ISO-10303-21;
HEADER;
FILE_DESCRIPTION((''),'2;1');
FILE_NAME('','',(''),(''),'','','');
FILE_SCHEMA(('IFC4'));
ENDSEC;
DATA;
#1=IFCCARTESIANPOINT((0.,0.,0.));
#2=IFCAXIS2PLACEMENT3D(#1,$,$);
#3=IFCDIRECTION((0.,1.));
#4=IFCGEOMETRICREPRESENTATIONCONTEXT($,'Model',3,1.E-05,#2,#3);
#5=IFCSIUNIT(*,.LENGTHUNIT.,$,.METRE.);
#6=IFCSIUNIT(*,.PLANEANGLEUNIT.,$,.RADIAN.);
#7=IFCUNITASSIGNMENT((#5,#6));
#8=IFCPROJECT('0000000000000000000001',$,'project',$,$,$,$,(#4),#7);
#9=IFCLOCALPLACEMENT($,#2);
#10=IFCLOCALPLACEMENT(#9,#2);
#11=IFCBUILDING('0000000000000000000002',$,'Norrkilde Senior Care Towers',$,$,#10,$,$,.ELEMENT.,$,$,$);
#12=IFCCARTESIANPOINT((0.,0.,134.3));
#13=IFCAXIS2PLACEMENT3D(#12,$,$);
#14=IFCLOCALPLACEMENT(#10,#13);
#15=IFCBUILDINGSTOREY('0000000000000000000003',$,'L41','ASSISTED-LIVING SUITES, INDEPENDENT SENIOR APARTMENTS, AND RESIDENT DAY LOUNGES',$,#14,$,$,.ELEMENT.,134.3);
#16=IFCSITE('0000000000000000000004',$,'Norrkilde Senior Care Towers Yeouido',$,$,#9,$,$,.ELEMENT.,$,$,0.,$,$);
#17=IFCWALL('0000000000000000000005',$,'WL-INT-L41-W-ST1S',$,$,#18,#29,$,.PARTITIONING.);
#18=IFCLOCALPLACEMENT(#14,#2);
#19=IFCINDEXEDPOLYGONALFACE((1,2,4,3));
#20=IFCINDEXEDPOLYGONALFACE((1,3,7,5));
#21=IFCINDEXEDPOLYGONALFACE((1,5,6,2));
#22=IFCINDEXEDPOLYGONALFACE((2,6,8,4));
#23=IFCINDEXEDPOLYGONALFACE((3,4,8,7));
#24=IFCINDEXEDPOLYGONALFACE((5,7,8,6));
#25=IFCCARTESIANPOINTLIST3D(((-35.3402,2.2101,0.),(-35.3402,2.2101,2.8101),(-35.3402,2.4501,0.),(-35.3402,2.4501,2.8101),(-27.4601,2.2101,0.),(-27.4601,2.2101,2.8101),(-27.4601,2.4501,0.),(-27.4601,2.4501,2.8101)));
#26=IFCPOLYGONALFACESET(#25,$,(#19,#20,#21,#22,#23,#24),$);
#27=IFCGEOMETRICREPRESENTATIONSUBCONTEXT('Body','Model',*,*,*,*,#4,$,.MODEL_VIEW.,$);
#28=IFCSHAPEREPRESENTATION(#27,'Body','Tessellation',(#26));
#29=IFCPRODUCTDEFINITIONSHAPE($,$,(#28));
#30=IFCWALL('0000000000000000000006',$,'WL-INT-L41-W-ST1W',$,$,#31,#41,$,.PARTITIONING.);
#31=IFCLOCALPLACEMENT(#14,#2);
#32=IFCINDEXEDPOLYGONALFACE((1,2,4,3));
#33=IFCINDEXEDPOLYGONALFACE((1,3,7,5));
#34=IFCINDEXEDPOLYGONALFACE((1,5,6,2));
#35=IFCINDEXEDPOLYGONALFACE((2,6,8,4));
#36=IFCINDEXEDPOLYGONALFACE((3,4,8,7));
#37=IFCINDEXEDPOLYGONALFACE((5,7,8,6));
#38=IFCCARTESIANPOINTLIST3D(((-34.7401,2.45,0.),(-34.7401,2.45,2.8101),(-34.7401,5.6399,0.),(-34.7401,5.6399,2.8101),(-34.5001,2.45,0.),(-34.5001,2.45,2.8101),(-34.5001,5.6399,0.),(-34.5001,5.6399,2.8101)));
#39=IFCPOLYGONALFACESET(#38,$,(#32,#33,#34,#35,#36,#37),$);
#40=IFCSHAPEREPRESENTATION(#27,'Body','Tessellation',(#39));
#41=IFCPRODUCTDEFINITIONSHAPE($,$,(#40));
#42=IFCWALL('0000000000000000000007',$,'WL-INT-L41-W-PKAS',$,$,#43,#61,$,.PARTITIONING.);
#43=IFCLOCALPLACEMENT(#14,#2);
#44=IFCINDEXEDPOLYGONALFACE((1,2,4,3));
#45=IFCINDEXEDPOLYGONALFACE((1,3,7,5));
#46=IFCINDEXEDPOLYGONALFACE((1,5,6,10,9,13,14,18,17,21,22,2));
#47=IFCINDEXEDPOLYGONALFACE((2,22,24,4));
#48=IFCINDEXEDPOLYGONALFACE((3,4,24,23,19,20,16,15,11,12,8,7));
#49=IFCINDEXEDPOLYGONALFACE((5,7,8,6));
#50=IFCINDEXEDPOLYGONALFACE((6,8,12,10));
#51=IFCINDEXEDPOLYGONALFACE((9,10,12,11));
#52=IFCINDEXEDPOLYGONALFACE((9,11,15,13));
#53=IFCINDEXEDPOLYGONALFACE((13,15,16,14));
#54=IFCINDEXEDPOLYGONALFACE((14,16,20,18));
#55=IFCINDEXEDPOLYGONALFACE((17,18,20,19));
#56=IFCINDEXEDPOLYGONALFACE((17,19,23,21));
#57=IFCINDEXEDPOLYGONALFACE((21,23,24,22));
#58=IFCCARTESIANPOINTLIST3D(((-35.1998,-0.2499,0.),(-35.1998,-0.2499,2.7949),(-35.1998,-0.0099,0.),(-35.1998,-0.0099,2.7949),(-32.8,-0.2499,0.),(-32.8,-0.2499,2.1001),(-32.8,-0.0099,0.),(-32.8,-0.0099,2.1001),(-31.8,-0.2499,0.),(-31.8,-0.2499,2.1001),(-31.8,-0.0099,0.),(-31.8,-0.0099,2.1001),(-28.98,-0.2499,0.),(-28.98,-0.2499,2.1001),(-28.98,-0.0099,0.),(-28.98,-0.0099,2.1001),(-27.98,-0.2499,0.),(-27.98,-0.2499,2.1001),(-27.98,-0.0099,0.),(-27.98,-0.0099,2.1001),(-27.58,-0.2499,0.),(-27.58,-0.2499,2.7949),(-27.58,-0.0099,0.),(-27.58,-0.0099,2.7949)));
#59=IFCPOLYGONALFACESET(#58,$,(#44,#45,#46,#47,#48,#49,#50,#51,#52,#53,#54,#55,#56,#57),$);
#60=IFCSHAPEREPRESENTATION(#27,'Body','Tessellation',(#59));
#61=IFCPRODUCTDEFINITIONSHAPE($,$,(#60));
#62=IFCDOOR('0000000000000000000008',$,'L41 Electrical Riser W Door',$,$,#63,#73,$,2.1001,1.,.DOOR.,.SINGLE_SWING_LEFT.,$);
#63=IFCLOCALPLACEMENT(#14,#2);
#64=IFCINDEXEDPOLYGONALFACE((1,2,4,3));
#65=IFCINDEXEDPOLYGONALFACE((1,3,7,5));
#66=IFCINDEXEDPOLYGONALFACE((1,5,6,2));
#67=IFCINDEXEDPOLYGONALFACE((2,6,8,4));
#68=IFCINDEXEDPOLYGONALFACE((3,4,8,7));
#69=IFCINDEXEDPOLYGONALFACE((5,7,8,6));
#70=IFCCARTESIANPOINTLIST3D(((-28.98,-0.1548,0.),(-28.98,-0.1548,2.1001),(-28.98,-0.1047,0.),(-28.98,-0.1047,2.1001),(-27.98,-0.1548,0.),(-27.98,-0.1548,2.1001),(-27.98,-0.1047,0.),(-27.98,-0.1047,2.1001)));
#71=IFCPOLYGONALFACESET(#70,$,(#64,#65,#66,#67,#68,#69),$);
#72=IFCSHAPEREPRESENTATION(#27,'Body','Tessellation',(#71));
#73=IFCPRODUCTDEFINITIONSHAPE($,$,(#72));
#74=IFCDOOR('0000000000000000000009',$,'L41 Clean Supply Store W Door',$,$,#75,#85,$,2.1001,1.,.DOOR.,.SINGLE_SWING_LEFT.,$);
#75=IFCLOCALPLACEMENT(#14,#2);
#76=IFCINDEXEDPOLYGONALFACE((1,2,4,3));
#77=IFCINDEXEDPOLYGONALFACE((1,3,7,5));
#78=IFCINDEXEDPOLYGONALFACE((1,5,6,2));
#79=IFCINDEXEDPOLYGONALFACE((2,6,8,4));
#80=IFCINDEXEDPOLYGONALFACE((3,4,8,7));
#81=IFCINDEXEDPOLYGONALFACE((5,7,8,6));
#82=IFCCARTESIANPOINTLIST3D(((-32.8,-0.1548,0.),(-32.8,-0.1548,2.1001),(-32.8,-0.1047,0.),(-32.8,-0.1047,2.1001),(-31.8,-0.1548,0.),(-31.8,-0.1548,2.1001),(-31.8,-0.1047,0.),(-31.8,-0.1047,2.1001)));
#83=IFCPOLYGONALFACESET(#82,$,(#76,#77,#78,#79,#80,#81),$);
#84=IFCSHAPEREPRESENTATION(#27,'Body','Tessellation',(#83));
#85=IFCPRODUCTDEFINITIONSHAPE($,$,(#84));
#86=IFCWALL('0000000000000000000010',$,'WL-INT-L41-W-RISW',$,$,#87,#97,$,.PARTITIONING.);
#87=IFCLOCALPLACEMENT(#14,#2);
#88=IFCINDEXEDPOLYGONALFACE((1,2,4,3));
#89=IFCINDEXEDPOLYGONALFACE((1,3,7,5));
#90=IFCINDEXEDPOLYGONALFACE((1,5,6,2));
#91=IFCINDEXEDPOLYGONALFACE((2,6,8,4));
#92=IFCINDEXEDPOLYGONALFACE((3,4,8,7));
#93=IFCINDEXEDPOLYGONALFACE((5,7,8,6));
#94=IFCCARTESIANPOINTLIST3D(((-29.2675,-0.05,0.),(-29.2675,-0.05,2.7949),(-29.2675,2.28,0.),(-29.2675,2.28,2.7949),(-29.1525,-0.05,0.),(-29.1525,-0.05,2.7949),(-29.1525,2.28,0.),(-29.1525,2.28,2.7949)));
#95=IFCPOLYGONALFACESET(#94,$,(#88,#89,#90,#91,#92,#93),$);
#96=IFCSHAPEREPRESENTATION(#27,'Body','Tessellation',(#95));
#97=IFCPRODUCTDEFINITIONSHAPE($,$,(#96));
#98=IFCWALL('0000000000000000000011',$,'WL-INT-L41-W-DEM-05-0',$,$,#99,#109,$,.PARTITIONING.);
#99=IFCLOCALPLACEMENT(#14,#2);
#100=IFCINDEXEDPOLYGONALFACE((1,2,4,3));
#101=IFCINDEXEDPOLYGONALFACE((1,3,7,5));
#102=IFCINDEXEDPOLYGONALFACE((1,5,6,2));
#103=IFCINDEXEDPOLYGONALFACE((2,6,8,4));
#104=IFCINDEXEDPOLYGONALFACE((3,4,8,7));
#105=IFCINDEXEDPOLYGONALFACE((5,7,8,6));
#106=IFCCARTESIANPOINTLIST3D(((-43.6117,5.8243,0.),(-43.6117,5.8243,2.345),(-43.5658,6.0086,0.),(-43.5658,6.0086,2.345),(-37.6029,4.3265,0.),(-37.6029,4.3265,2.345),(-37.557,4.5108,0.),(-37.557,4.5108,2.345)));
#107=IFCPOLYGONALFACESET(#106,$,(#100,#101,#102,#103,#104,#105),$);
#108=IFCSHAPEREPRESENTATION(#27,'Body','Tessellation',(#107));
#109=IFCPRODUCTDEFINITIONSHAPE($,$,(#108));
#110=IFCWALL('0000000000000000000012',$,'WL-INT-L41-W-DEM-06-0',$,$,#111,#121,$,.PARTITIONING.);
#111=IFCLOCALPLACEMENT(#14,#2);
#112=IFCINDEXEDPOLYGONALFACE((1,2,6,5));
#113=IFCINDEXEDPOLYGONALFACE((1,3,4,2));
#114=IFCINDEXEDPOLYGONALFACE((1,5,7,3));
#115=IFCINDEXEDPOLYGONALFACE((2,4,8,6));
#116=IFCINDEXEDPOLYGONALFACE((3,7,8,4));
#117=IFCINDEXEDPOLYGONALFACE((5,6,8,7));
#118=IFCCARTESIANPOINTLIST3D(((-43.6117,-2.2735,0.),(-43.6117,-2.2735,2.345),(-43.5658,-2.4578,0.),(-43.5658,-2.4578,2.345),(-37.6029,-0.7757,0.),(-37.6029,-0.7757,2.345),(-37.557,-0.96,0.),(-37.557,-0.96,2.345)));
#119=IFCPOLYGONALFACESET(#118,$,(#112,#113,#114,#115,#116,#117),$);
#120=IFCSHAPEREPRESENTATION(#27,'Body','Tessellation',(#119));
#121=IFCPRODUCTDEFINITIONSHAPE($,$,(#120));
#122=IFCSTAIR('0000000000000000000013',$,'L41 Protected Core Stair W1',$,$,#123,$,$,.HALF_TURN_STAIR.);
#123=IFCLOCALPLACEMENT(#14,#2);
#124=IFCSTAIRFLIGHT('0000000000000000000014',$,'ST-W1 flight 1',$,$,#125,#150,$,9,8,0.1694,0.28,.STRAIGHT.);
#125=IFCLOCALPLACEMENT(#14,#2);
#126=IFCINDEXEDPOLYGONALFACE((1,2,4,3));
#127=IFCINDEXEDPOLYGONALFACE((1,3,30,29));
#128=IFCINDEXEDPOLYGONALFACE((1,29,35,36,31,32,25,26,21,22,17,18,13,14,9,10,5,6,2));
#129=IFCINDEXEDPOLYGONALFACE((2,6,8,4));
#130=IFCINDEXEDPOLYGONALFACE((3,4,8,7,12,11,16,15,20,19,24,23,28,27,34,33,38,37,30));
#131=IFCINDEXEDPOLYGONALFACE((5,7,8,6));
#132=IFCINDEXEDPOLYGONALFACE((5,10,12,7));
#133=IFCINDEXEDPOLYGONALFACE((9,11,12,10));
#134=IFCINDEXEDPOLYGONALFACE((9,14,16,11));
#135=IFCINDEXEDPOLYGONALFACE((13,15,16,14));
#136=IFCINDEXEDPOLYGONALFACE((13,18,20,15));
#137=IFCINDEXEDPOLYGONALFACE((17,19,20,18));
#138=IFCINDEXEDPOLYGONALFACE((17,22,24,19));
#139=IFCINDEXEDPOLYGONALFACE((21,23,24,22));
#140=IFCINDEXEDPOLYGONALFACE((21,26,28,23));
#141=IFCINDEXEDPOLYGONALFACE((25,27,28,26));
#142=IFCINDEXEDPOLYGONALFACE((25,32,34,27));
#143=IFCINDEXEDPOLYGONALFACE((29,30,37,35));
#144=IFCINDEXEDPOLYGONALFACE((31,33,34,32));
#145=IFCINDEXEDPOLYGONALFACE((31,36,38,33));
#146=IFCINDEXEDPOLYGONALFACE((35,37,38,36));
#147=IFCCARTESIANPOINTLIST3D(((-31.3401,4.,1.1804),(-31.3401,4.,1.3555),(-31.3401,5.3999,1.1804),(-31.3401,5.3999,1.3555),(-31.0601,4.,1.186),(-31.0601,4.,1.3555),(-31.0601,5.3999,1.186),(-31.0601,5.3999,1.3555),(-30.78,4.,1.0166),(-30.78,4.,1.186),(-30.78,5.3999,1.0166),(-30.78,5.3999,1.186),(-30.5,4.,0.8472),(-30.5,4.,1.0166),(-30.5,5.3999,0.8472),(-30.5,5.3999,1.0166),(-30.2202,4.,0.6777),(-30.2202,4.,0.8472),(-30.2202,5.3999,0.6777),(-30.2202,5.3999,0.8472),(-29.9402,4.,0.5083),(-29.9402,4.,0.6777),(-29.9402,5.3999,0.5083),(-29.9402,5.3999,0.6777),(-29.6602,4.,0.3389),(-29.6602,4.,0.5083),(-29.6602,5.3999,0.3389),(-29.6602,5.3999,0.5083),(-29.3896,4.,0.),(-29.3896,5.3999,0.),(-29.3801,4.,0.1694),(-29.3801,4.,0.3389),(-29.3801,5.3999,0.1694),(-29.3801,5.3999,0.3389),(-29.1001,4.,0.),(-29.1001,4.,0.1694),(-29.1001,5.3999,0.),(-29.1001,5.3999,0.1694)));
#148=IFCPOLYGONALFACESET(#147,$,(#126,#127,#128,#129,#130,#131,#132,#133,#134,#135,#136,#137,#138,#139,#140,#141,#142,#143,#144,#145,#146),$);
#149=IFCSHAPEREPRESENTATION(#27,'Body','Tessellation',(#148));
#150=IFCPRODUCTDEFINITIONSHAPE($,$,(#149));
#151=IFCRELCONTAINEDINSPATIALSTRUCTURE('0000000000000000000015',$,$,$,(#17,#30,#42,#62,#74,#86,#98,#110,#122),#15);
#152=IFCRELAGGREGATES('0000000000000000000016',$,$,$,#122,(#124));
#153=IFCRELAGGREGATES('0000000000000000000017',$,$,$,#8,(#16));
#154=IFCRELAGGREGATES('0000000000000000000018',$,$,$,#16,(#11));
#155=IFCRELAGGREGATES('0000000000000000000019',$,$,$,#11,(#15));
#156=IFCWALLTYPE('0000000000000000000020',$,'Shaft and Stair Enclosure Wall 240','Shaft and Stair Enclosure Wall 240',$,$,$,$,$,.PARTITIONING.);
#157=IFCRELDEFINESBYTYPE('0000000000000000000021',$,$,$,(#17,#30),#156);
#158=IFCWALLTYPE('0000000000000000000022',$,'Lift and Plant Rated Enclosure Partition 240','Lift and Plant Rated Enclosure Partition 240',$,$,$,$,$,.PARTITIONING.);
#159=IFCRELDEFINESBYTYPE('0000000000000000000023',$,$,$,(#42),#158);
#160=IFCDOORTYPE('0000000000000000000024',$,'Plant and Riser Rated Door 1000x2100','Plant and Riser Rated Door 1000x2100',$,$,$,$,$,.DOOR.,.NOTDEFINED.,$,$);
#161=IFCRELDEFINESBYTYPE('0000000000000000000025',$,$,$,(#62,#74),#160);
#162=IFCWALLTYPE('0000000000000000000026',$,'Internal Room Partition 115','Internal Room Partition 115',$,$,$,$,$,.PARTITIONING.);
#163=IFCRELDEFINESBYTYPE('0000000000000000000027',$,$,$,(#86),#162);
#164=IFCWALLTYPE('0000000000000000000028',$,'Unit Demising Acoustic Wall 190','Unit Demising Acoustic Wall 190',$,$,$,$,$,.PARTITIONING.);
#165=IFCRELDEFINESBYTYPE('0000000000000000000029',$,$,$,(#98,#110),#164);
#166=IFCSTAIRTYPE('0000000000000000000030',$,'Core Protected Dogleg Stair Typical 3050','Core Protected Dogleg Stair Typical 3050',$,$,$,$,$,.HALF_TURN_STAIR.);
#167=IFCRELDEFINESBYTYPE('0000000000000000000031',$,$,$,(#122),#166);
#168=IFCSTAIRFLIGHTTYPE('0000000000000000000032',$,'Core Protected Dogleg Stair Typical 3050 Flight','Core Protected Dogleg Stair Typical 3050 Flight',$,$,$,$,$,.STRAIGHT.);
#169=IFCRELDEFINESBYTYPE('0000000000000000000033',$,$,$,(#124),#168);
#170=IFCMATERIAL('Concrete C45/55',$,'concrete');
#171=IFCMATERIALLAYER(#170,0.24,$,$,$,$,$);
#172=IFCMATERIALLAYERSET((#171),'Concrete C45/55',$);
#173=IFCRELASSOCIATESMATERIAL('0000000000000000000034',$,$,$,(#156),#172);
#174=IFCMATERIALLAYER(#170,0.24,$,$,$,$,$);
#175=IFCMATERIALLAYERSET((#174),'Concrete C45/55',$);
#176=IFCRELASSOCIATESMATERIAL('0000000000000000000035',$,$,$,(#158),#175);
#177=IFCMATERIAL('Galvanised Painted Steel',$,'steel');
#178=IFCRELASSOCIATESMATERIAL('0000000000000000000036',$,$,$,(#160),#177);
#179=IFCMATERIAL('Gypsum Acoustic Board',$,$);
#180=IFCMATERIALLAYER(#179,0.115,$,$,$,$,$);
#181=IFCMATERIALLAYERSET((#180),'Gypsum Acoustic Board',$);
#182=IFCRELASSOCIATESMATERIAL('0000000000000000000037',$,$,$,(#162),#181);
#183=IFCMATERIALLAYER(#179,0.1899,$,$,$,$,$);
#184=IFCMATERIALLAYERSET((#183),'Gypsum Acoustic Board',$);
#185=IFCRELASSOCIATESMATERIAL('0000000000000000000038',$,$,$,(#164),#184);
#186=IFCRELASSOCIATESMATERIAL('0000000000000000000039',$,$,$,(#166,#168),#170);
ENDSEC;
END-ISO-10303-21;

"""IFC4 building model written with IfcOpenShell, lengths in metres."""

from ifc_helpers import new_model, si_unit, direction, frame, frame_2d, origin, place, context, subcontext, project, spatial, polyline, rectangle, outline, extrude, source, transform, mapped, material, layer, layer_set, type_object, type_shapes, element, fill, aggregate, save


model = new_model("IFC4")

# Units and contexts
model_context = context("Model", 3, precision=1e-05, world=origin(), true_north=direction((0.0, 1.0)))
body_context = subcontext(model_context, "Body", "Model", "MODEL_VIEW")
ifc_project = project(units=[si_unit("LENGTHUNIT", "METRE"), si_unit("PLANEANGLEUNIT", "RADIAN")], contexts=[model_context])

# Site, building, storey
site_placement = place(None, origin())
site = spatial("IfcSite", under=ifc_project, at=site_placement, Name="Norrkilde Senior Care Towers Yeouido", CompositionType="ELEMENT", RefElevation=0.0)
building_placement = place(site_placement, origin())
building = spatial("IfcBuilding", under=site, at=building_placement, Name="Norrkilde Senior Care Towers", CompositionType="ELEMENT")
storey_placement = place(building_placement, frame((0.0, 0.0, 134.3)))
storey = spatial("IfcBuildingStorey", under=building, at=storey_placement, Name="L41", Description="ASSISTED-LIVING SUITES, INDEPENDENT SENIOR APARTMENTS, AND RESIDENT DAY LOUNGES", CompositionType="ELEMENT", Elevation=134.3)

# Walls
ifc_material_1 = material(Name="Concrete C45/55", Category="concrete")
ifc_layer_1 = layer(ifc_material_1, 0.24)
ifc_layer_set_1 = layer_set([ifc_layer_1], Name="Concrete C45/55")
wall_type_1 = type_object("IfcWallType", Name="Shaft and Stair Enclosure Wall 240", Description="Shaft and Stair Enclosure Wall 240", PredefinedType="PARTITIONING", material=ifc_layer_set_1)
shared_shape_1 = source(origin(), body_context, "Body", "SweptSolid", [
    extrude(rectangle(XDim=7.8801, YDim=0.24, at=frame_2d((3.9399, 0.0))), origin(), (0.0, 0.0, 1.0), 2.8101),
])
wall_1_placement = place(storey_placement, frame((-35.3401, 2.3301, 0.0), z_axis=(0.0, 0.0, 1.0), x_axis=(1.0, 0.0, 0.0)))
element("IfcWall", 1, at=wall_1_placement, inside=storey, type_object=wall_type_1, Name="WL-INT-L41-W-ST1S", PredefinedType="PARTITIONING", context=body_context, shape_type="MappedRepresentation", body=[
    mapped(shared_shape_1, transform((0.0, 0.0, 0.0), x_axis=(1.0, 0.0, 0.0), y_axis=(0.0, 1.0, 0.0), z_axis=(0.0, 0.0, 1.0), scale=1.0)),
])
shared_shape_2 = source(origin(), body_context, "Body", "SweptSolid", [
    extrude(rectangle(XDim=3.1899, YDim=0.24, at=frame_2d((1.595, 0.0))), origin(), (0.0, 0.0, 1.0), 2.8101),
])
type_shapes(wall_type_1, [shared_shape_1, shared_shape_2])
wall_2_placement = place(storey_placement, frame((-34.6201, 2.45, 0.0), z_axis=(0.0, 0.0, 1.0), x_axis=(0.0, 1.0, 0.0)))
element("IfcWall", 2, at=wall_2_placement, inside=storey, type_object=wall_type_1, Name="WL-INT-L41-W-ST1W", PredefinedType="PARTITIONING", context=body_context, shape_type="MappedRepresentation", body=[
    mapped(shared_shape_2, transform((0.0, 0.0, 0.0), x_axis=(1.0, 0.0, 0.0), y_axis=(0.0, 1.0, 0.0), z_axis=(0.0, 0.0, 1.0), scale=1.0)),
])

# Shared definitions
ifc_material_2 = material(Name="Galvanised Painted Steel", Category="steel")

# Wall, openings, doors
ifc_layer_2 = layer(ifc_material_1, 0.24)
ifc_layer_set_2 = layer_set([ifc_layer_2], Name="Concrete C45/55")
wall_type_2 = type_object("IfcWallType", Name="Lift and Plant Rated Enclosure Partition 240", Description="Lift and Plant Rated Enclosure Partition 240", PredefinedType="PARTITIONING", material=ifc_layer_set_2)
shared_shape_3 = source(origin(), body_context, "Body", "SweptSolid", [
    extrude(rectangle(XDim=7.6199, YDim=0.24, at=frame_2d((3.8101, 0.0))), origin(), (0.0, 0.0, 1.0), 2.7949),
])
type_shapes(wall_type_2, [shared_shape_3])
wall_3_placement = place(storey_placement, frame((-35.2, -0.1299, 0.0), z_axis=(0.0, 0.0, 1.0), x_axis=(1.0, 0.0, 0.0)))
wall_3 = element("IfcWall", 3, at=wall_3_placement, inside=storey, type_object=wall_type_2, Name="WL-INT-L41-W-PKAS", PredefinedType="PARTITIONING", context=body_context, shape_type="MappedRepresentation", body=[
    mapped(shared_shape_3, transform((0.0, 0.0, 0.0), x_axis=(1.0, 0.0, 0.0), y_axis=(0.0, 1.0, 0.0), z_axis=(0.0, 0.0, 1.0), scale=1.0)),
])
opening_1_placement = place(wall_3_placement, frame((6.22, 0.0, 0.0)))
opening_1 = element("IfcOpeningElement", 4, at=opening_1_placement, cuts=wall_3, PredefinedType="OPENING", context=body_context, shape_type="SweptSolid", body=[
    extrude(rectangle(XDim=1.0, YDim=2.1001, at=frame_2d((0.5, 1.05))), frame((0.0, 0.1299, 0.0), z_axis=(0.0, -1.0, 0.0), x_axis=(1.0, 0.0, 0.0)), (0.0, 0.0, 1.0), 0.26),
])
opening_2_placement = place(wall_3_placement, frame((2.3999, 0.0, 0.0)))
opening_2 = element("IfcOpeningElement", 5, at=opening_2_placement, cuts=wall_3, PredefinedType="OPENING", context=body_context, shape_type="SweptSolid", body=[
    extrude(rectangle(XDim=1.0, YDim=2.1001, at=frame_2d((0.5, 1.05))), frame((0.0, 0.1299, 0.0), z_axis=(0.0, -1.0, 0.0), x_axis=(1.0, 0.0, 0.0)), (0.0, 0.0, 1.0), 0.26),
])
door_type_1 = type_object("IfcDoorType", Name="Plant and Riser Rated Door 1000x2100", Description="Plant and Riser Rated Door 1000x2100", OperationType="NOTDEFINED", PredefinedType="DOOR", material=ifc_material_2)
shared_shape_4 = source(origin(), body_context, "Body", "SweptSolid", [
    extrude(rectangle(XDim=1.0, YDim=2.1001, at=frame_2d((0.5, 1.05))), frame((0.0, 0.0249, 0.0), z_axis=(0.0, -1.0, 0.0), x_axis=(1.0, 0.0, 0.0)), (0.0, 0.0, 1.0), 0.05),
])
type_shapes(door_type_1, [shared_shape_4])
door_1_placement = place(opening_1_placement, frame((1.0, 0.0, 0.0), z_axis=(0.0, 0.0, 1.0), x_axis=(-1.0, 0.0, 0.0)))
door_1 = element("IfcDoor", 6, at=door_1_placement, inside=storey, type_object=door_type_1, Name="L41 Electrical Riser W Door", OperationType="SINGLE_SWING_LEFT", OverallHeight=2.1001, OverallWidth=1.0, PredefinedType="DOOR", context=body_context, shape_type="MappedRepresentation", body=[
    mapped(shared_shape_4, transform((0.0, 0.0, 0.0), x_axis=(1.0, 0.0, 0.0), y_axis=(0.0, 1.0, 0.0), z_axis=(0.0, 0.0, 1.0), scale=1.0)),
])
fill(opening_1, door_1)
door_2_placement = place(opening_2_placement, frame((1.0, 0.0, 0.0), z_axis=(0.0, 0.0, 1.0), x_axis=(-1.0, 0.0, 0.0)))
door_2 = element("IfcDoor", 7, at=door_2_placement, inside=storey, type_object=door_type_1, Name="L41 Clean Supply Store W Door", OperationType="SINGLE_SWING_LEFT", OverallHeight=2.1001, OverallWidth=1.0, PredefinedType="DOOR", context=body_context, shape_type="MappedRepresentation", body=[
    mapped(shared_shape_4, transform((0.0, 0.0, 0.0), x_axis=(1.0, 0.0, 0.0), y_axis=(0.0, 1.0, 0.0), z_axis=(0.0, 0.0, 1.0), scale=1.0)),
])
fill(opening_2, door_2)

# Walls
ifc_material_3 = material(Name="Gypsum Acoustic Board")
ifc_layer_3 = layer(ifc_material_3, 0.115)
ifc_layer_set_3 = layer_set([ifc_layer_3], Name="Gypsum Acoustic Board")
wall_type_3 = type_object("IfcWallType", Name="Internal Room Partition 115", Description="Internal Room Partition 115", PredefinedType="PARTITIONING", material=ifc_layer_set_3)
shared_shape_5 = source(origin(), body_context, "Body", "SweptSolid", [
    extrude(rectangle(XDim=2.3301, YDim=0.115, at=frame_2d((1.165, 0.0))), origin(), (0.0, 0.0, 1.0), 2.7949),
])
type_shapes(wall_type_3, [shared_shape_5])
wall_4_placement = place(storey_placement, frame((-29.21, -0.05, 0.0), z_axis=(0.0, 0.0, 1.0), x_axis=(0.0, 1.0, 0.0)))
element("IfcWall", 8, at=wall_4_placement, inside=storey, type_object=wall_type_3, Name="WL-INT-L41-W-RISW", PredefinedType="PARTITIONING", context=body_context, shape_type="MappedRepresentation", body=[
    mapped(shared_shape_5, transform((0.0, 0.0, 0.0), x_axis=(1.0, 0.0, 0.0), y_axis=(0.0, 1.0, 0.0), z_axis=(0.0, 0.0, 1.0), scale=1.0)),
])
ifc_layer_4 = layer(ifc_material_3, 0.1899)
ifc_layer_set_4 = layer_set([ifc_layer_4], Name="Gypsum Acoustic Board")
wall_type_4 = type_object("IfcWallType", Name="Unit Demising Acoustic Wall 190", Description="Unit Demising Acoustic Wall 190", PredefinedType="PARTITIONING", material=ifc_layer_set_4)
shared_shape_6 = source(origin(), body_context, "Body", "SweptSolid", [
    extrude(rectangle(XDim=6.1926, YDim=0.1899, at=frame_2d((3.0962, 0.0))), origin(), (0.0, 0.0, 1.0), 2.345),
])
type_shapes(wall_type_4, [shared_shape_6])
for number, where, z_axis, x_axis, name in (
    (9, (-37.5801, 4.4187, 0.0), (0.0, 0.0, 1.0), (-0.970309, 0.241868, 0.0), "WL-INT-L41-W-DEM-05-0"),
    (10, (-37.5801, -0.8679, 0.0), (0.0, 0.0, 1.0), (-0.970309, -0.241868, 0.0), "WL-INT-L41-W-DEM-06-0"),
):
    element("IfcWall", number, at=place(storey_placement, frame(where, z_axis=z_axis, x_axis=x_axis)), inside=storey, type_object=wall_type_4, Name=name, PredefinedType="PARTITIONING", context=body_context, shape_type="MappedRepresentation", body=[
        mapped(shared_shape_6, transform((0.0, 0.0, 0.0), x_axis=(1.0, 0.0, 0.0), y_axis=(0.0, 1.0, 0.0), z_axis=(0.0, 0.0, 1.0), scale=1.0)),
    ])

# Stair, stair flight
stair_type = type_object("IfcStairType", Name="Core Protected Dogleg Stair Typical 3050", Description="Core Protected Dogleg Stair Typical 3050", PredefinedType="HALF_TURN_STAIR", material=ifc_material_1)
stair_placement = place(storey_placement, origin())
stair = element("IfcStair", 11, at=stair_placement, inside=storey, type_object=stair_type, Name="L41 Protected Core Stair W1", PredefinedType="HALF_TURN_STAIR")
stair_flight_type = type_object("IfcStairFlightType", Name="Core Protected Dogleg Stair Typical 3050 Flight", Description="Core Protected Dogleg Stair Typical 3050 Flight", PredefinedType="STRAIGHT", material=ifc_material_1)
stair_flight_1_placement = place(storey_placement, frame((-29.1001, 4.7, 0.0), z_axis=(0.0, 0.0, 1.0), x_axis=(-1.0, 0.0, 0.0)))
stair_flight_1 = element("IfcStairFlight", 12, at=stair_flight_1_placement, type_object=stair_flight_type, Name="ST-W1 flight 1", NumberOfRisers=9, NumberOfTreads=8, PredefinedType="STRAIGHT", RiserHeight=0.1694, TreadLength=0.28, context=body_context, shape_type="SweptSolid", body=[
    extrude(outline(polyline([(0.0, 0.0), (0.0, 0.1694), (0.28, 0.1694), (0.28, 0.3389), (0.5601, 0.3389), (0.5601, 0.5083), (0.8401, 0.5083), (0.8401, 0.6777), (1.1201, 0.6777), (1.1201, 0.8472), (1.3999, 0.8472), (1.3999, 1.0166), (1.6799, 1.0166), (1.6799, 1.186), (1.96, 1.186), (1.96, 1.3555), (2.24, 1.3555), (2.24, 1.5249), (2.24, 1.1804), (0.2896, 0.0), (0.0, 0.0)])), frame((0.0, 0.7, 0.0), z_axis=(0.0, -1.0, 0.0), x_axis=(1.0, 0.0, 0.0)), (0.0, 0.0, 1.0), 1.3999),
])
aggregate(stair, [stair_flight_1])

save(model, "model.ifc")
